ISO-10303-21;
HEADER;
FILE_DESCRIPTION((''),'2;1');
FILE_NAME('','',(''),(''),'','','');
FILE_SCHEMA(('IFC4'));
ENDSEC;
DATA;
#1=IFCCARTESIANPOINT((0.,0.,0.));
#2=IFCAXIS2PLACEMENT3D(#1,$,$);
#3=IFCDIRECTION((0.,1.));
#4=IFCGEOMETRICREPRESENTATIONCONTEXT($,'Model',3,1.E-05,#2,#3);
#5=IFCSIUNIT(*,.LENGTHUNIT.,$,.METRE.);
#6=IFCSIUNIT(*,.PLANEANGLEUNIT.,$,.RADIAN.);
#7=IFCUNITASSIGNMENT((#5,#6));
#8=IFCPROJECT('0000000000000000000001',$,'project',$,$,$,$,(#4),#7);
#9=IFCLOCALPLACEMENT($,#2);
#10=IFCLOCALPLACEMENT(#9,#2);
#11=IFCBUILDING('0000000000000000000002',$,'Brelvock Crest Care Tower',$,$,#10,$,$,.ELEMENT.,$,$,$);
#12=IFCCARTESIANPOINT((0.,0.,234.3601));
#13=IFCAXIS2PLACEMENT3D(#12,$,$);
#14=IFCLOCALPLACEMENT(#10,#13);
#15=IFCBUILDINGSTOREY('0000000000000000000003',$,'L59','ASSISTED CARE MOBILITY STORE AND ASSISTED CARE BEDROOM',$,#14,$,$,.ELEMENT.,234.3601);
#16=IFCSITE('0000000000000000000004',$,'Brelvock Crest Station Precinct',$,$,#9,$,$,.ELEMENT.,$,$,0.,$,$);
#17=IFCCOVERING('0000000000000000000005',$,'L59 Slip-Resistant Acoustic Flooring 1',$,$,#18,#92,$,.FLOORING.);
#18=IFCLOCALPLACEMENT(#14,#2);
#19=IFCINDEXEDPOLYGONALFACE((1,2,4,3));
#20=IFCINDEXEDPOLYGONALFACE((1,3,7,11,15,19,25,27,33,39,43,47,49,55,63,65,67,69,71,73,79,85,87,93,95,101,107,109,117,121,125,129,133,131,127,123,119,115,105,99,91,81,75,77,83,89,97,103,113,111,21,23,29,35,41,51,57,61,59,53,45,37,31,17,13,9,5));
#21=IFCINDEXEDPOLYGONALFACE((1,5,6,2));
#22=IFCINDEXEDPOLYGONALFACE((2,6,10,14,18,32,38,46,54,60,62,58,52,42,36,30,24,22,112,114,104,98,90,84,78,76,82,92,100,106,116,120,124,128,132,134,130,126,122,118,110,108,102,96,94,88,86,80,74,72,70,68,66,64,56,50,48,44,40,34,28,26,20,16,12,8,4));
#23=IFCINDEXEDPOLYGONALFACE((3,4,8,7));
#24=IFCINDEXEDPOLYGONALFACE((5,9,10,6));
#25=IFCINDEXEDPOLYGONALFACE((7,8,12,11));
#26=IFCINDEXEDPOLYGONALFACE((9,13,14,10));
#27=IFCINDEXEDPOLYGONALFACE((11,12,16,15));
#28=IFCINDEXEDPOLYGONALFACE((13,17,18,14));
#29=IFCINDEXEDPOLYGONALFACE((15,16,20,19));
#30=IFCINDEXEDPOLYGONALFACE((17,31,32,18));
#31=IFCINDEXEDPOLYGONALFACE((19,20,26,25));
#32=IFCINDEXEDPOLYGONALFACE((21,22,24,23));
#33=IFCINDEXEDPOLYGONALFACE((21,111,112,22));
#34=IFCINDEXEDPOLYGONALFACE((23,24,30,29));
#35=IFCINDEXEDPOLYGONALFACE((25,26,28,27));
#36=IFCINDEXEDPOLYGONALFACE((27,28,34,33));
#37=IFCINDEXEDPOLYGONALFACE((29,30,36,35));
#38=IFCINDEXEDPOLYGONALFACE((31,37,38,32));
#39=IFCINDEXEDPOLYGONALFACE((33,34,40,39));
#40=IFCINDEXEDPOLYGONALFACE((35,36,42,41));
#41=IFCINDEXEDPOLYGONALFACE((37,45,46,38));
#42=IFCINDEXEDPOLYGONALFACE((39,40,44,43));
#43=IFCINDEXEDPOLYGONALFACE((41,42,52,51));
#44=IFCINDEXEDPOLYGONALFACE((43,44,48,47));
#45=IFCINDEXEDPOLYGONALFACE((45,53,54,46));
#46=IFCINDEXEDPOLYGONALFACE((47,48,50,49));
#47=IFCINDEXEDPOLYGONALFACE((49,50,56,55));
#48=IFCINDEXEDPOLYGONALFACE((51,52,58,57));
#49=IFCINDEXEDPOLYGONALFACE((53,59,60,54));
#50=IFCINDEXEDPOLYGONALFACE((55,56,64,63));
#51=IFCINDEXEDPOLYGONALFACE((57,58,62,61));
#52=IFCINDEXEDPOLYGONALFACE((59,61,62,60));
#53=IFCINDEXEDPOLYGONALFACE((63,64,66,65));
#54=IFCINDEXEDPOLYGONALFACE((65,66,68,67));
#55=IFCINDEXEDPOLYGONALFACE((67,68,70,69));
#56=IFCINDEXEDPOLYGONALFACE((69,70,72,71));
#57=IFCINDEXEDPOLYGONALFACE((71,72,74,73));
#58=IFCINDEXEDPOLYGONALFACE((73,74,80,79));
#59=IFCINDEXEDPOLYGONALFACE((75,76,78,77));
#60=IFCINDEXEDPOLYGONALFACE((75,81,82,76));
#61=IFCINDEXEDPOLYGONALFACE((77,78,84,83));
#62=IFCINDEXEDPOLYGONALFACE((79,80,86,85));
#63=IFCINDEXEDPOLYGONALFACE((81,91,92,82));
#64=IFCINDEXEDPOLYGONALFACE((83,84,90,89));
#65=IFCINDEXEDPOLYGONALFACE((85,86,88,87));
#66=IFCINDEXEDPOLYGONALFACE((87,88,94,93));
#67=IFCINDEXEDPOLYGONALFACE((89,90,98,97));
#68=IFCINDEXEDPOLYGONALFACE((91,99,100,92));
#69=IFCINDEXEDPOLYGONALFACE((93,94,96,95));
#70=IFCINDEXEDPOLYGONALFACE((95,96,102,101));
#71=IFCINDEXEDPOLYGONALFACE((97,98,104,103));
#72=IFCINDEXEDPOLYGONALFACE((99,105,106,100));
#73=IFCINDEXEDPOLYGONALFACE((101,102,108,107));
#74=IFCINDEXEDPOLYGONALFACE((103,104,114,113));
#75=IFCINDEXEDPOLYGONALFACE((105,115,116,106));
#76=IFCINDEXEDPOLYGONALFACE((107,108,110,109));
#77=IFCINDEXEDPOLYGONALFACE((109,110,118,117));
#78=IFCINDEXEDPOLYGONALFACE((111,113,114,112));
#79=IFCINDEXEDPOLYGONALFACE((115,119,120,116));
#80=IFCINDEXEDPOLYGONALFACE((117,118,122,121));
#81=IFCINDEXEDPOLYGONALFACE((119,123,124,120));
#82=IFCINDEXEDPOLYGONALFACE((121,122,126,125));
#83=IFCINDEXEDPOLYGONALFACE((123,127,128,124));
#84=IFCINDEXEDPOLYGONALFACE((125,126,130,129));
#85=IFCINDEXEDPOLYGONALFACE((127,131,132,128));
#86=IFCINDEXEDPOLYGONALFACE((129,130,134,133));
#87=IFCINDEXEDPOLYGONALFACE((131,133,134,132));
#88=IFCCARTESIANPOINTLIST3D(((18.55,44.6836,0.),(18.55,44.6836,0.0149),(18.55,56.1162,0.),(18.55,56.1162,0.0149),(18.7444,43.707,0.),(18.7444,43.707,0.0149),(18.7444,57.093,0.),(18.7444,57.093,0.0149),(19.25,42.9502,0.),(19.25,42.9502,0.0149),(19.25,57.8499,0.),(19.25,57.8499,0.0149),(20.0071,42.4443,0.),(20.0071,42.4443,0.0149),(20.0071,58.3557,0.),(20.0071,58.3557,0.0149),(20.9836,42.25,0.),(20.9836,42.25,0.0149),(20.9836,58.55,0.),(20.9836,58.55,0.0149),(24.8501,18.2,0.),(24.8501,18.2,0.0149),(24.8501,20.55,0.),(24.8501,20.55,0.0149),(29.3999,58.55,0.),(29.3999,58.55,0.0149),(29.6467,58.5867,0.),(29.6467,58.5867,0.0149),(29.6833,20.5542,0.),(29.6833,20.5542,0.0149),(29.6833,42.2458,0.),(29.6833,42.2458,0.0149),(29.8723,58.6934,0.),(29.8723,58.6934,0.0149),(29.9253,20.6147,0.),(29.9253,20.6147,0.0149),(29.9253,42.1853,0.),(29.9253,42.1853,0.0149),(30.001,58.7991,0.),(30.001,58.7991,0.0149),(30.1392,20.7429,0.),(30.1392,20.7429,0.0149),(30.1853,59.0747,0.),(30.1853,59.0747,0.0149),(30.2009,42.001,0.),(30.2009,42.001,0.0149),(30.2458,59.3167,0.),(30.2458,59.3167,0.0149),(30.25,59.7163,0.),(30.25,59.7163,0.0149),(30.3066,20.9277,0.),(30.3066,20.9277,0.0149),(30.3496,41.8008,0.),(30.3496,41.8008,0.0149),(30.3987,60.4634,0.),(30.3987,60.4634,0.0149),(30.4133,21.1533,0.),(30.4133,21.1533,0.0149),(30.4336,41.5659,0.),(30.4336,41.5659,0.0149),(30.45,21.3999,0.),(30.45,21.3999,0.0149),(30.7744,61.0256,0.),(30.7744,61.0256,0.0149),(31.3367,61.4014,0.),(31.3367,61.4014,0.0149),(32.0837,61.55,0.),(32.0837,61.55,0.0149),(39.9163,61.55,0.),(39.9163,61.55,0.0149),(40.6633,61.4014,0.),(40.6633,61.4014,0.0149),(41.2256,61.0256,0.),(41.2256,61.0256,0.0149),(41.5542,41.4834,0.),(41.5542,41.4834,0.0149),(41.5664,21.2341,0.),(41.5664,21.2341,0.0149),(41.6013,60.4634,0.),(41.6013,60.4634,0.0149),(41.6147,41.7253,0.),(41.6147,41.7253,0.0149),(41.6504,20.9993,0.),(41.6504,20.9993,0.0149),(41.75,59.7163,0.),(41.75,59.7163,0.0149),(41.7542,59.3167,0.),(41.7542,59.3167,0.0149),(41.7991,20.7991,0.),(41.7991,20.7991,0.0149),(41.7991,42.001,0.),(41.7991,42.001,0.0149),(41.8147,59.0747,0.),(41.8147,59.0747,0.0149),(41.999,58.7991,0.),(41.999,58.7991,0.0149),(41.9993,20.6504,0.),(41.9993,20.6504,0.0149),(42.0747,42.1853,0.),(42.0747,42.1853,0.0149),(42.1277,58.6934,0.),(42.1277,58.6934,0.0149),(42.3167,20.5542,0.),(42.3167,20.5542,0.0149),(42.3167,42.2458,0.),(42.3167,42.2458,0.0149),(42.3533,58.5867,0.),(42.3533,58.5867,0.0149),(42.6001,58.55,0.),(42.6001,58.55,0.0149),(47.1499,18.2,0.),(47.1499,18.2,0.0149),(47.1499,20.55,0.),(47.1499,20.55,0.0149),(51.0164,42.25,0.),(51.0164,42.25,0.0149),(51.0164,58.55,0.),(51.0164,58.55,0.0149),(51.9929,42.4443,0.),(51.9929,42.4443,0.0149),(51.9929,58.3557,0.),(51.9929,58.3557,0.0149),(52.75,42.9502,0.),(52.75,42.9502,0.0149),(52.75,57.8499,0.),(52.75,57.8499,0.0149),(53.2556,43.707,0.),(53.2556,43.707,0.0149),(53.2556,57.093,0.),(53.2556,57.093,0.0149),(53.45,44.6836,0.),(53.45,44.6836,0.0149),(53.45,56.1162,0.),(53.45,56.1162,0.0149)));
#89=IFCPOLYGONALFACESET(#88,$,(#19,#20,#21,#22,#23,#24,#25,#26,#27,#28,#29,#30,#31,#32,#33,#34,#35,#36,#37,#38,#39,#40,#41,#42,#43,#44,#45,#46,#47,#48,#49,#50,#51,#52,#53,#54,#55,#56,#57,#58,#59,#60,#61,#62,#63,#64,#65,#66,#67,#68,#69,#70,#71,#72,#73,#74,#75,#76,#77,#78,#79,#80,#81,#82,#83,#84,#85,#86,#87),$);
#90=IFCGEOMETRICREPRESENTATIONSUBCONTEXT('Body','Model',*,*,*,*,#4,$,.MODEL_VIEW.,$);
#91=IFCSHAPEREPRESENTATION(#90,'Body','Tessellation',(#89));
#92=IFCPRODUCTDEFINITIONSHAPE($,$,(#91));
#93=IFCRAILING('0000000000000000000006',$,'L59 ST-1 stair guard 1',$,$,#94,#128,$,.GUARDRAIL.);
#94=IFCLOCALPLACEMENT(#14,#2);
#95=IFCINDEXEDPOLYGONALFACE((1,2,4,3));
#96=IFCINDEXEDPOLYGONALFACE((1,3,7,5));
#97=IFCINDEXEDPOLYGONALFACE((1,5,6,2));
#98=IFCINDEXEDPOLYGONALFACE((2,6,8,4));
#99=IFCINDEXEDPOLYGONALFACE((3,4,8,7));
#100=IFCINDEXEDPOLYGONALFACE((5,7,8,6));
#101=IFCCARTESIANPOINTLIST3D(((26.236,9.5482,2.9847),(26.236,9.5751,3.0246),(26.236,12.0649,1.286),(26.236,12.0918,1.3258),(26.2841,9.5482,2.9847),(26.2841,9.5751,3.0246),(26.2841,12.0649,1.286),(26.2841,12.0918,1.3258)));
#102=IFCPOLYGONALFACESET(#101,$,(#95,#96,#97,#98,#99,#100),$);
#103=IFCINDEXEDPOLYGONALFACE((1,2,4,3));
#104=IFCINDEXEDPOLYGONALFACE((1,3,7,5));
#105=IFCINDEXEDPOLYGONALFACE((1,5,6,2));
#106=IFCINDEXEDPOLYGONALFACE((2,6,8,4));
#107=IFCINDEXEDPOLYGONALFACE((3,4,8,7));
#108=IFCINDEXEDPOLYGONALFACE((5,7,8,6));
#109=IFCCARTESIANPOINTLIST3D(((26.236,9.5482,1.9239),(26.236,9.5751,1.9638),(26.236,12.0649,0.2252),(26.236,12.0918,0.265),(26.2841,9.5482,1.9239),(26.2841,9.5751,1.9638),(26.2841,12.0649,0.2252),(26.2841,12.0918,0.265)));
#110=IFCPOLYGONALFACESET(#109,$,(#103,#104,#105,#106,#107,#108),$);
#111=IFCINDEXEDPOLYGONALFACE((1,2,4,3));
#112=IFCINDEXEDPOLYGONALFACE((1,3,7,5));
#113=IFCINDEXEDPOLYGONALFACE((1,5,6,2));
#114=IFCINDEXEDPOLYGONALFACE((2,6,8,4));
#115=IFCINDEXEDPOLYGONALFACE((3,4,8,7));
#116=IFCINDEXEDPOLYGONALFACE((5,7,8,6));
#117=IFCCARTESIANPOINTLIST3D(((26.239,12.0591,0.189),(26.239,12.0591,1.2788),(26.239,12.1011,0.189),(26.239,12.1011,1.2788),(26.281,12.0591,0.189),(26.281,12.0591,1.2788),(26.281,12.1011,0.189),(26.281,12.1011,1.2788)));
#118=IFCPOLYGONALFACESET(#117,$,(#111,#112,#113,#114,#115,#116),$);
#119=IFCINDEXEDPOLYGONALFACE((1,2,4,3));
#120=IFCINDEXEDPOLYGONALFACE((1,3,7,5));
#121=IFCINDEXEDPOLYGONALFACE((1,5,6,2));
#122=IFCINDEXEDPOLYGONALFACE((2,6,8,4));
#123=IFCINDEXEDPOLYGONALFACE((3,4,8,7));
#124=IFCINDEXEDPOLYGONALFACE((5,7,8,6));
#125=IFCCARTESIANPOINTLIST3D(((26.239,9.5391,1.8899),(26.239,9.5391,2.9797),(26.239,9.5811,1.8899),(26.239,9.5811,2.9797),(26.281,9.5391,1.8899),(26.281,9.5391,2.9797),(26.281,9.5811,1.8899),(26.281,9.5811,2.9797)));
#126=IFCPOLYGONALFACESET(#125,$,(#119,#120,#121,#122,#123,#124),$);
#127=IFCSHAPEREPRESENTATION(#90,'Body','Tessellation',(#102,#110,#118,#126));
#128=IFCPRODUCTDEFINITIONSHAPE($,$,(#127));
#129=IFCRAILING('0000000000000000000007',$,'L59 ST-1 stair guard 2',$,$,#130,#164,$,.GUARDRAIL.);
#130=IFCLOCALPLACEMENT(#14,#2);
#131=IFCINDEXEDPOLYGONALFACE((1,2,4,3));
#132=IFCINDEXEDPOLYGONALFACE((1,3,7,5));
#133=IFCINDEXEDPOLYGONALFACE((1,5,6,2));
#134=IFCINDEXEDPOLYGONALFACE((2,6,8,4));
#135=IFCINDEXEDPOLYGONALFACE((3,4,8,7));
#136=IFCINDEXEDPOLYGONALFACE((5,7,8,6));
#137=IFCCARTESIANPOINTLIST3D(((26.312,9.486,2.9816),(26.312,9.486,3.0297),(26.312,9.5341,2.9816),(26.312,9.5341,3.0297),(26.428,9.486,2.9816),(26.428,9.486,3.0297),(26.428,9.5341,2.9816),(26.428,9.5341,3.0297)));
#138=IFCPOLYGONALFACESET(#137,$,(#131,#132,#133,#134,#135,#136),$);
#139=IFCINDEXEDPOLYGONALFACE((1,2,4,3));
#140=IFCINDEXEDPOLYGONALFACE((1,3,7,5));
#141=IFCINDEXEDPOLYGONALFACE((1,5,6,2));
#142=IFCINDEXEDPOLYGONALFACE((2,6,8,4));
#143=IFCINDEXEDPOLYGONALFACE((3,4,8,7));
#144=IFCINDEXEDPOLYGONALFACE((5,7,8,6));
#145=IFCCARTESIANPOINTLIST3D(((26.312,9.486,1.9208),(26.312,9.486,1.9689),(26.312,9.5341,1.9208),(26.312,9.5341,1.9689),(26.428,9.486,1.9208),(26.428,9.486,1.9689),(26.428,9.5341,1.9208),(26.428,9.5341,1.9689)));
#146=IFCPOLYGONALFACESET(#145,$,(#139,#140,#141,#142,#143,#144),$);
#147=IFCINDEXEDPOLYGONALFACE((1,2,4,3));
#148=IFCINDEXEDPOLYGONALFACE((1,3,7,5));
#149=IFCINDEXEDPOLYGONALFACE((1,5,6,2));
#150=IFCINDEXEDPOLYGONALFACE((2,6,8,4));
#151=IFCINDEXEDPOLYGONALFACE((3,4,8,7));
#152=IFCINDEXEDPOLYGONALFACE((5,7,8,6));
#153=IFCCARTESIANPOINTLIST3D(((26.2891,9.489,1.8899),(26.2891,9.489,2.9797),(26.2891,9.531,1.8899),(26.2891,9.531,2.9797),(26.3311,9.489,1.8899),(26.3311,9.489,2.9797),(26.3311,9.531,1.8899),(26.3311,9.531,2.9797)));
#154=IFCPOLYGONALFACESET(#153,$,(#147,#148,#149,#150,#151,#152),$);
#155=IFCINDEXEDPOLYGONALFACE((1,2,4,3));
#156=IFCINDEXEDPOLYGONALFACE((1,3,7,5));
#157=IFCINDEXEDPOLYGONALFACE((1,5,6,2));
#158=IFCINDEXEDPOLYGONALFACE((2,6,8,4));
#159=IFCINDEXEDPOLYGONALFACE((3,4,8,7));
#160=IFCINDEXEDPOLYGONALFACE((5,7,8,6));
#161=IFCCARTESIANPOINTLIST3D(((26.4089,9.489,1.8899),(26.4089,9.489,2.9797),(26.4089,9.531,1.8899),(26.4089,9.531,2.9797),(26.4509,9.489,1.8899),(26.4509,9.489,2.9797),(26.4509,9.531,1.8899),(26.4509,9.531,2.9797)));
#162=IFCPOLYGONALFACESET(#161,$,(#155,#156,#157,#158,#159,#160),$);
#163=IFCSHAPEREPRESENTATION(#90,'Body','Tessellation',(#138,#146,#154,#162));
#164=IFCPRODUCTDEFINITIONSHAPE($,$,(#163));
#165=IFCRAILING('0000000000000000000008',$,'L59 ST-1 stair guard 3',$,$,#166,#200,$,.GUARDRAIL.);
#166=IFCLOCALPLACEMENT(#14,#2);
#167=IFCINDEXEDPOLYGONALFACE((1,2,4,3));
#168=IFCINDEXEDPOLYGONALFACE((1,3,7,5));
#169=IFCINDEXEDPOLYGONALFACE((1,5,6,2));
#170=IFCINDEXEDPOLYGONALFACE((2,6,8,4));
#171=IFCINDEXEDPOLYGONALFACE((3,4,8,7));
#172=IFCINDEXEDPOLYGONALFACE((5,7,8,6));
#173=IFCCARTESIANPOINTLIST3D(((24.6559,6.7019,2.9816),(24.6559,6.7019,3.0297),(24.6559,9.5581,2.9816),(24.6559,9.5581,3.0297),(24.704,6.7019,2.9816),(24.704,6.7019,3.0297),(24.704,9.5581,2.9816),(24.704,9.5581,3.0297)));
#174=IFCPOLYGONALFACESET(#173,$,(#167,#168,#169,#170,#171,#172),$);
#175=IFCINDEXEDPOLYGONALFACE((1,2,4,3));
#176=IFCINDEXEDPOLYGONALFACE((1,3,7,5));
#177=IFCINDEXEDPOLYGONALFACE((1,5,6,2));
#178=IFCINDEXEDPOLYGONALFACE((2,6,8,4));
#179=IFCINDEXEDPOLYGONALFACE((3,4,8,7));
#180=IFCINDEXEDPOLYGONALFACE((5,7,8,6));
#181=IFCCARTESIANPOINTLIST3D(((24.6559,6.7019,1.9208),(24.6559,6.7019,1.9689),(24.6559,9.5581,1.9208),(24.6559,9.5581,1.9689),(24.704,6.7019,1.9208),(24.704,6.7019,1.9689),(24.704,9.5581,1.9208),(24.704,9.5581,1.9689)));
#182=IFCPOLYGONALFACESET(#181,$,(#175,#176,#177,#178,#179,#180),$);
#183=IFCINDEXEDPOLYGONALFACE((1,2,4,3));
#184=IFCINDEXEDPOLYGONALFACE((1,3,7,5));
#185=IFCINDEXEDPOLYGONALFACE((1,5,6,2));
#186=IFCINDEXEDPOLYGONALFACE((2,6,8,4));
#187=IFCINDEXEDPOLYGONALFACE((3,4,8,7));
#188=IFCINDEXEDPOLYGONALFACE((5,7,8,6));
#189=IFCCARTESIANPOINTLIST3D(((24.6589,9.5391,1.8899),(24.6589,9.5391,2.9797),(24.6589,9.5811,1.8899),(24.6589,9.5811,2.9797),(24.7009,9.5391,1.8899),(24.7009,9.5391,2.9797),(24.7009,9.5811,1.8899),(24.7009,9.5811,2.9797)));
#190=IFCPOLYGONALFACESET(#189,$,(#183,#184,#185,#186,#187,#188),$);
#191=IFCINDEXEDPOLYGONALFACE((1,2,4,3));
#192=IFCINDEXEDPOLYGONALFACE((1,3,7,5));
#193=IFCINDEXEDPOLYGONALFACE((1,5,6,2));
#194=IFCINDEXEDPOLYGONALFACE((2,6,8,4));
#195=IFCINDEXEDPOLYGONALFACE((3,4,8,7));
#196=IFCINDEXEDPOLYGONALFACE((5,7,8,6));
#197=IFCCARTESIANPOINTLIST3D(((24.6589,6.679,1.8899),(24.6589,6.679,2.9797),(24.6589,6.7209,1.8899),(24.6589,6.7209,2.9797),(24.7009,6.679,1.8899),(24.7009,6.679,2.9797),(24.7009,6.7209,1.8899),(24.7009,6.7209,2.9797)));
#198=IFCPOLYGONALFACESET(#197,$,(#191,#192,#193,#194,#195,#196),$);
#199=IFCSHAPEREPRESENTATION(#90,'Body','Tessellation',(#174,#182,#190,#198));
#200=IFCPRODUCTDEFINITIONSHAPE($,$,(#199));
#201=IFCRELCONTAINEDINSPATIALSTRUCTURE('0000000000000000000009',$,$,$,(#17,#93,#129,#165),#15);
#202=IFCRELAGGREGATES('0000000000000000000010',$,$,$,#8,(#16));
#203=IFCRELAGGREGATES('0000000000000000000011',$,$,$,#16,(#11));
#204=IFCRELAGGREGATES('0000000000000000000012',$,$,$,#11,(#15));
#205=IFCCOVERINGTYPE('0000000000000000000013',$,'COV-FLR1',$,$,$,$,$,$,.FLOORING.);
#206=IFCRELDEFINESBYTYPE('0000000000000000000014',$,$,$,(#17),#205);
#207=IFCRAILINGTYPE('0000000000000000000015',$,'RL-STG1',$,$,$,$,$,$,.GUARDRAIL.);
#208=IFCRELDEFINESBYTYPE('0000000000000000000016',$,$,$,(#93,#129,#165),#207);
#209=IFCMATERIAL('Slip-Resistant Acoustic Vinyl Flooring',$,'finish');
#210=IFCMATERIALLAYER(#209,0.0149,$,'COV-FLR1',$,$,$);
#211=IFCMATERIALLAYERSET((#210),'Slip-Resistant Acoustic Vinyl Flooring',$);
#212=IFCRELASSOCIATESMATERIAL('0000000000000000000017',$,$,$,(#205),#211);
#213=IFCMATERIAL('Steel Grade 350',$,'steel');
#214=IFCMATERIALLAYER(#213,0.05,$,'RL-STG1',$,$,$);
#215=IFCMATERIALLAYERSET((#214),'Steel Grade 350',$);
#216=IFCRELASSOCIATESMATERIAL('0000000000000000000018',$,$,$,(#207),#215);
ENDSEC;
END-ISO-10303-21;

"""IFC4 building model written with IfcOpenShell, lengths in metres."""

from ifc_helpers import new_model, si_unit, direction, frame, origin, origin_2d, place, context, subcontext, project, spatial, polyline, rectangle, outline, extrude, material, layer, layer_set, type_object, element, save


model = new_model("IFC4")

# Units and contexts
model_context = context("Model", 3, precision=1e-05, world=origin(), true_north=direction((0.0, 1.0)))
body_context = subcontext(model_context, "Body", "Model", "MODEL_VIEW")
ifc_project = project(units=[si_unit("LENGTHUNIT", "METRE"), si_unit("PLANEANGLEUNIT", "RADIAN")], contexts=[model_context])

# Site, building, storey
site_placement = place(None, origin())
site = spatial("IfcSite", under=ifc_project, at=site_placement, Name="Brelvock Crest Station Precinct", CompositionType="ELEMENT", RefElevation=0.0)
building_placement = place(site_placement, origin())
building = spatial("IfcBuilding", under=site, at=building_placement, Name="Brelvock Crest Care Tower", CompositionType="ELEMENT")
storey_placement = place(building_placement, frame((0.0, 0.0, 234.3601)))
storey = spatial("IfcBuildingStorey", under=building, at=storey_placement, Name="L59", Description="ASSISTED CARE MOBILITY STORE AND ASSISTED CARE BEDROOM", CompositionType="ELEMENT", Elevation=234.3601)

# Shared definitions
ifc_material_1 = material(Name="Steel Grade 350", Category="steel")

# Covering
ifc_material_2 = material(Name="Slip-Resistant Acoustic Vinyl Flooring", Category="finish")
ifc_layer_1 = layer(ifc_material_2, 0.0149, Name="COV-FLR1")
ifc_layer_set_1 = layer_set([ifc_layer_1], Name="Slip-Resistant Acoustic Vinyl Flooring")
covering_type_1 = type_object("IfcCoveringType", Name="COV-FLR1", PredefinedType="FLOORING", material=ifc_layer_set_1)
covering_1_placement = place(storey_placement, origin())
element("IfcCovering", 1, at=covering_1_placement, inside=storey, type_object=covering_type_1, Name="L59 Slip-Resistant Acoustic Flooring 1", PredefinedType="FLOORING", context=body_context, shape_type="SweptSolid", body=[
    extrude(outline(polyline([(24.8501, 18.2), (47.1499, 18.2), (47.1499, 20.55), (42.3167, 20.5542), (41.9993, 20.6504), (41.7991, 20.7991), (41.6504, 20.9993), (41.5664, 21.2341), (41.5542, 41.4834), (41.6147, 41.7253), (41.7991, 42.001), (42.0747, 42.1853), (42.3167, 42.2458), (51.0164, 42.25), (51.9929, 42.4443), (52.75, 42.9502), (53.2556, 43.707), (53.45, 44.6836), (53.45, 56.1162), (53.2556, 57.093), (52.75, 57.8499), (51.9929, 58.3557), (51.0164, 58.55), (42.6001, 58.55), (42.3533, 58.5867), (42.1277, 58.6934), (41.999, 58.7991), (41.8147, 59.0747), (41.7542, 59.3167), (41.75, 59.7163), (41.6013, 60.4634), (41.2256, 61.0256), (40.6633, 61.4014), (39.9163, 61.55), (32.0837, 61.55), (31.3367, 61.4014), (30.7744, 61.0256), (30.3987, 60.4634), (30.25, 59.7163), (30.2458, 59.3167), (30.1853, 59.0747), (30.001, 58.7991), (29.8723, 58.6934), (29.6467, 58.5867), (29.3999, 58.55), (20.9836, 58.55), (20.0071, 58.3557), (19.25, 57.8499), (18.7444, 57.093), (18.55, 56.1162), (18.55, 44.6836), (18.7444, 43.707), (19.25, 42.9502), (20.0071, 42.4443), (20.9836, 42.25), (29.6833, 42.2458), (29.9253, 42.1853), (30.2009, 42.001), (30.3496, 41.8008), (30.4336, 41.5659), (30.45, 21.3999), (30.4133, 21.1533), (30.3066, 20.9277), (30.1392, 20.7429), (29.9253, 20.6147), (29.6833, 20.5542), (24.8501, 20.55), (24.8501, 18.2)])), origin(), (0.0, 0.0, 1.0), 0.0149),
])

# Railings
ifc_layer_2 = layer(ifc_material_1, 0.05, Name="RL-STG1")
ifc_layer_set_2 = layer_set([ifc_layer_2], Name="Steel Grade 350")
railing_type_1 = type_object("IfcRailingType", Name="RL-STG1", PredefinedType="GUARDRAIL", material=ifc_layer_set_2)
railing_1_placement = place(storey_placement, frame((26.26, 12.0801, 0.189)))
element("IfcRailing", 2, at=railing_1_placement, inside=storey, type_object=railing_type_1, Name="L59 ST-1 stair guard 1", PredefinedType="GUARDRAIL", context=body_context, shape_type="SweptSolid", body=[
    extrude(rectangle(XDim=0.0481, YDim=0.0481, at=origin_2d()), frame((0.0, -0.0017, 1.1169), z_axis=(0.0, -0.828862, 0.559454), x_axis=(1.0, 0.0, 0.0)), (0.0, 0.0, 1.0), 3.0364),
    extrude(rectangle(XDim=0.0481, YDim=0.0481, at=origin_2d()), frame((0.0, -0.0017, 0.0562), z_axis=(0.0, -0.828862, 0.559454), x_axis=(1.0, 0.0, 0.0)), (0.0, 0.0, 1.0), 3.0364),
    extrude(rectangle(XDim=0.042, YDim=0.042, at=origin_2d()), origin(), (0.0, 0.0, 1.0), 1.0898),
    extrude(rectangle(XDim=0.042, YDim=0.042, at=origin_2d()), frame((0.0, -2.52, 1.7009)), (0.0, 0.0, 1.0), 1.0898),
])
railing_2_placement = place(storey_placement, frame((26.3101, 9.51, 1.8899)))
element("IfcRailing", 3, at=railing_2_placement, inside=storey, type_object=railing_type_1, Name="L59 ST-1 stair guard 2", PredefinedType="GUARDRAIL", context=body_context, shape_type="SweptSolid", body=[
    extrude(rectangle(XDim=0.0481, YDim=0.0481, at=origin_2d()), frame((0.002, 0.0, 1.1157), z_axis=(1.0, 0.0, 0.0), x_axis=(0.0, 1.0, 0.0)), (0.0, 0.0, 1.0), 0.116),
    extrude(rectangle(XDim=0.0481, YDim=0.0481, at=origin_2d()), frame((0.002, 0.0, 0.0549), z_axis=(1.0, 0.0, 0.0), x_axis=(0.0, 1.0, 0.0)), (0.0, 0.0, 1.0), 0.116),
    extrude(rectangle(XDim=0.042, YDim=0.042, at=origin_2d()), origin(), (0.0, 0.0, 1.0), 1.0898),
    extrude(rectangle(XDim=0.042, YDim=0.042, at=origin_2d()), frame((0.1199, 0.0, 0.0)), (0.0, 0.0, 1.0), 1.0898),
])
railing_3_placement = place(storey_placement, frame((24.6799, 9.5601, 1.8899)))
element("IfcRailing", 4, at=railing_3_placement, inside=storey, type_object=railing_type_1, Name="L59 ST-1 stair guard 3", PredefinedType="GUARDRAIL", context=body_context, shape_type="SweptSolid", body=[
    extrude(rectangle(XDim=0.0481, YDim=0.0481, at=origin_2d()), frame((0.0, -0.002, 1.1157), z_axis=(0.0, -1.0, 0.0), x_axis=(1.0, 0.0, 0.0)), (0.0, 0.0, 1.0), 2.8562),
    extrude(rectangle(XDim=0.0481, YDim=0.0481, at=origin_2d()), frame((0.0, -0.002, 0.0549), z_axis=(0.0, -1.0, 0.0), x_axis=(1.0, 0.0, 0.0)), (0.0, 0.0, 1.0), 2.8562),
    extrude(rectangle(XDim=0.042, YDim=0.042, at=origin_2d()), origin(), (0.0, 0.0, 1.0), 1.0898),
    extrude(rectangle(XDim=0.042, YDim=0.042, at=origin_2d()), frame((0.0, -2.8601, 0.0)), (0.0, 0.0, 1.0), 1.0898),
])

save(model, "model.ifc")
